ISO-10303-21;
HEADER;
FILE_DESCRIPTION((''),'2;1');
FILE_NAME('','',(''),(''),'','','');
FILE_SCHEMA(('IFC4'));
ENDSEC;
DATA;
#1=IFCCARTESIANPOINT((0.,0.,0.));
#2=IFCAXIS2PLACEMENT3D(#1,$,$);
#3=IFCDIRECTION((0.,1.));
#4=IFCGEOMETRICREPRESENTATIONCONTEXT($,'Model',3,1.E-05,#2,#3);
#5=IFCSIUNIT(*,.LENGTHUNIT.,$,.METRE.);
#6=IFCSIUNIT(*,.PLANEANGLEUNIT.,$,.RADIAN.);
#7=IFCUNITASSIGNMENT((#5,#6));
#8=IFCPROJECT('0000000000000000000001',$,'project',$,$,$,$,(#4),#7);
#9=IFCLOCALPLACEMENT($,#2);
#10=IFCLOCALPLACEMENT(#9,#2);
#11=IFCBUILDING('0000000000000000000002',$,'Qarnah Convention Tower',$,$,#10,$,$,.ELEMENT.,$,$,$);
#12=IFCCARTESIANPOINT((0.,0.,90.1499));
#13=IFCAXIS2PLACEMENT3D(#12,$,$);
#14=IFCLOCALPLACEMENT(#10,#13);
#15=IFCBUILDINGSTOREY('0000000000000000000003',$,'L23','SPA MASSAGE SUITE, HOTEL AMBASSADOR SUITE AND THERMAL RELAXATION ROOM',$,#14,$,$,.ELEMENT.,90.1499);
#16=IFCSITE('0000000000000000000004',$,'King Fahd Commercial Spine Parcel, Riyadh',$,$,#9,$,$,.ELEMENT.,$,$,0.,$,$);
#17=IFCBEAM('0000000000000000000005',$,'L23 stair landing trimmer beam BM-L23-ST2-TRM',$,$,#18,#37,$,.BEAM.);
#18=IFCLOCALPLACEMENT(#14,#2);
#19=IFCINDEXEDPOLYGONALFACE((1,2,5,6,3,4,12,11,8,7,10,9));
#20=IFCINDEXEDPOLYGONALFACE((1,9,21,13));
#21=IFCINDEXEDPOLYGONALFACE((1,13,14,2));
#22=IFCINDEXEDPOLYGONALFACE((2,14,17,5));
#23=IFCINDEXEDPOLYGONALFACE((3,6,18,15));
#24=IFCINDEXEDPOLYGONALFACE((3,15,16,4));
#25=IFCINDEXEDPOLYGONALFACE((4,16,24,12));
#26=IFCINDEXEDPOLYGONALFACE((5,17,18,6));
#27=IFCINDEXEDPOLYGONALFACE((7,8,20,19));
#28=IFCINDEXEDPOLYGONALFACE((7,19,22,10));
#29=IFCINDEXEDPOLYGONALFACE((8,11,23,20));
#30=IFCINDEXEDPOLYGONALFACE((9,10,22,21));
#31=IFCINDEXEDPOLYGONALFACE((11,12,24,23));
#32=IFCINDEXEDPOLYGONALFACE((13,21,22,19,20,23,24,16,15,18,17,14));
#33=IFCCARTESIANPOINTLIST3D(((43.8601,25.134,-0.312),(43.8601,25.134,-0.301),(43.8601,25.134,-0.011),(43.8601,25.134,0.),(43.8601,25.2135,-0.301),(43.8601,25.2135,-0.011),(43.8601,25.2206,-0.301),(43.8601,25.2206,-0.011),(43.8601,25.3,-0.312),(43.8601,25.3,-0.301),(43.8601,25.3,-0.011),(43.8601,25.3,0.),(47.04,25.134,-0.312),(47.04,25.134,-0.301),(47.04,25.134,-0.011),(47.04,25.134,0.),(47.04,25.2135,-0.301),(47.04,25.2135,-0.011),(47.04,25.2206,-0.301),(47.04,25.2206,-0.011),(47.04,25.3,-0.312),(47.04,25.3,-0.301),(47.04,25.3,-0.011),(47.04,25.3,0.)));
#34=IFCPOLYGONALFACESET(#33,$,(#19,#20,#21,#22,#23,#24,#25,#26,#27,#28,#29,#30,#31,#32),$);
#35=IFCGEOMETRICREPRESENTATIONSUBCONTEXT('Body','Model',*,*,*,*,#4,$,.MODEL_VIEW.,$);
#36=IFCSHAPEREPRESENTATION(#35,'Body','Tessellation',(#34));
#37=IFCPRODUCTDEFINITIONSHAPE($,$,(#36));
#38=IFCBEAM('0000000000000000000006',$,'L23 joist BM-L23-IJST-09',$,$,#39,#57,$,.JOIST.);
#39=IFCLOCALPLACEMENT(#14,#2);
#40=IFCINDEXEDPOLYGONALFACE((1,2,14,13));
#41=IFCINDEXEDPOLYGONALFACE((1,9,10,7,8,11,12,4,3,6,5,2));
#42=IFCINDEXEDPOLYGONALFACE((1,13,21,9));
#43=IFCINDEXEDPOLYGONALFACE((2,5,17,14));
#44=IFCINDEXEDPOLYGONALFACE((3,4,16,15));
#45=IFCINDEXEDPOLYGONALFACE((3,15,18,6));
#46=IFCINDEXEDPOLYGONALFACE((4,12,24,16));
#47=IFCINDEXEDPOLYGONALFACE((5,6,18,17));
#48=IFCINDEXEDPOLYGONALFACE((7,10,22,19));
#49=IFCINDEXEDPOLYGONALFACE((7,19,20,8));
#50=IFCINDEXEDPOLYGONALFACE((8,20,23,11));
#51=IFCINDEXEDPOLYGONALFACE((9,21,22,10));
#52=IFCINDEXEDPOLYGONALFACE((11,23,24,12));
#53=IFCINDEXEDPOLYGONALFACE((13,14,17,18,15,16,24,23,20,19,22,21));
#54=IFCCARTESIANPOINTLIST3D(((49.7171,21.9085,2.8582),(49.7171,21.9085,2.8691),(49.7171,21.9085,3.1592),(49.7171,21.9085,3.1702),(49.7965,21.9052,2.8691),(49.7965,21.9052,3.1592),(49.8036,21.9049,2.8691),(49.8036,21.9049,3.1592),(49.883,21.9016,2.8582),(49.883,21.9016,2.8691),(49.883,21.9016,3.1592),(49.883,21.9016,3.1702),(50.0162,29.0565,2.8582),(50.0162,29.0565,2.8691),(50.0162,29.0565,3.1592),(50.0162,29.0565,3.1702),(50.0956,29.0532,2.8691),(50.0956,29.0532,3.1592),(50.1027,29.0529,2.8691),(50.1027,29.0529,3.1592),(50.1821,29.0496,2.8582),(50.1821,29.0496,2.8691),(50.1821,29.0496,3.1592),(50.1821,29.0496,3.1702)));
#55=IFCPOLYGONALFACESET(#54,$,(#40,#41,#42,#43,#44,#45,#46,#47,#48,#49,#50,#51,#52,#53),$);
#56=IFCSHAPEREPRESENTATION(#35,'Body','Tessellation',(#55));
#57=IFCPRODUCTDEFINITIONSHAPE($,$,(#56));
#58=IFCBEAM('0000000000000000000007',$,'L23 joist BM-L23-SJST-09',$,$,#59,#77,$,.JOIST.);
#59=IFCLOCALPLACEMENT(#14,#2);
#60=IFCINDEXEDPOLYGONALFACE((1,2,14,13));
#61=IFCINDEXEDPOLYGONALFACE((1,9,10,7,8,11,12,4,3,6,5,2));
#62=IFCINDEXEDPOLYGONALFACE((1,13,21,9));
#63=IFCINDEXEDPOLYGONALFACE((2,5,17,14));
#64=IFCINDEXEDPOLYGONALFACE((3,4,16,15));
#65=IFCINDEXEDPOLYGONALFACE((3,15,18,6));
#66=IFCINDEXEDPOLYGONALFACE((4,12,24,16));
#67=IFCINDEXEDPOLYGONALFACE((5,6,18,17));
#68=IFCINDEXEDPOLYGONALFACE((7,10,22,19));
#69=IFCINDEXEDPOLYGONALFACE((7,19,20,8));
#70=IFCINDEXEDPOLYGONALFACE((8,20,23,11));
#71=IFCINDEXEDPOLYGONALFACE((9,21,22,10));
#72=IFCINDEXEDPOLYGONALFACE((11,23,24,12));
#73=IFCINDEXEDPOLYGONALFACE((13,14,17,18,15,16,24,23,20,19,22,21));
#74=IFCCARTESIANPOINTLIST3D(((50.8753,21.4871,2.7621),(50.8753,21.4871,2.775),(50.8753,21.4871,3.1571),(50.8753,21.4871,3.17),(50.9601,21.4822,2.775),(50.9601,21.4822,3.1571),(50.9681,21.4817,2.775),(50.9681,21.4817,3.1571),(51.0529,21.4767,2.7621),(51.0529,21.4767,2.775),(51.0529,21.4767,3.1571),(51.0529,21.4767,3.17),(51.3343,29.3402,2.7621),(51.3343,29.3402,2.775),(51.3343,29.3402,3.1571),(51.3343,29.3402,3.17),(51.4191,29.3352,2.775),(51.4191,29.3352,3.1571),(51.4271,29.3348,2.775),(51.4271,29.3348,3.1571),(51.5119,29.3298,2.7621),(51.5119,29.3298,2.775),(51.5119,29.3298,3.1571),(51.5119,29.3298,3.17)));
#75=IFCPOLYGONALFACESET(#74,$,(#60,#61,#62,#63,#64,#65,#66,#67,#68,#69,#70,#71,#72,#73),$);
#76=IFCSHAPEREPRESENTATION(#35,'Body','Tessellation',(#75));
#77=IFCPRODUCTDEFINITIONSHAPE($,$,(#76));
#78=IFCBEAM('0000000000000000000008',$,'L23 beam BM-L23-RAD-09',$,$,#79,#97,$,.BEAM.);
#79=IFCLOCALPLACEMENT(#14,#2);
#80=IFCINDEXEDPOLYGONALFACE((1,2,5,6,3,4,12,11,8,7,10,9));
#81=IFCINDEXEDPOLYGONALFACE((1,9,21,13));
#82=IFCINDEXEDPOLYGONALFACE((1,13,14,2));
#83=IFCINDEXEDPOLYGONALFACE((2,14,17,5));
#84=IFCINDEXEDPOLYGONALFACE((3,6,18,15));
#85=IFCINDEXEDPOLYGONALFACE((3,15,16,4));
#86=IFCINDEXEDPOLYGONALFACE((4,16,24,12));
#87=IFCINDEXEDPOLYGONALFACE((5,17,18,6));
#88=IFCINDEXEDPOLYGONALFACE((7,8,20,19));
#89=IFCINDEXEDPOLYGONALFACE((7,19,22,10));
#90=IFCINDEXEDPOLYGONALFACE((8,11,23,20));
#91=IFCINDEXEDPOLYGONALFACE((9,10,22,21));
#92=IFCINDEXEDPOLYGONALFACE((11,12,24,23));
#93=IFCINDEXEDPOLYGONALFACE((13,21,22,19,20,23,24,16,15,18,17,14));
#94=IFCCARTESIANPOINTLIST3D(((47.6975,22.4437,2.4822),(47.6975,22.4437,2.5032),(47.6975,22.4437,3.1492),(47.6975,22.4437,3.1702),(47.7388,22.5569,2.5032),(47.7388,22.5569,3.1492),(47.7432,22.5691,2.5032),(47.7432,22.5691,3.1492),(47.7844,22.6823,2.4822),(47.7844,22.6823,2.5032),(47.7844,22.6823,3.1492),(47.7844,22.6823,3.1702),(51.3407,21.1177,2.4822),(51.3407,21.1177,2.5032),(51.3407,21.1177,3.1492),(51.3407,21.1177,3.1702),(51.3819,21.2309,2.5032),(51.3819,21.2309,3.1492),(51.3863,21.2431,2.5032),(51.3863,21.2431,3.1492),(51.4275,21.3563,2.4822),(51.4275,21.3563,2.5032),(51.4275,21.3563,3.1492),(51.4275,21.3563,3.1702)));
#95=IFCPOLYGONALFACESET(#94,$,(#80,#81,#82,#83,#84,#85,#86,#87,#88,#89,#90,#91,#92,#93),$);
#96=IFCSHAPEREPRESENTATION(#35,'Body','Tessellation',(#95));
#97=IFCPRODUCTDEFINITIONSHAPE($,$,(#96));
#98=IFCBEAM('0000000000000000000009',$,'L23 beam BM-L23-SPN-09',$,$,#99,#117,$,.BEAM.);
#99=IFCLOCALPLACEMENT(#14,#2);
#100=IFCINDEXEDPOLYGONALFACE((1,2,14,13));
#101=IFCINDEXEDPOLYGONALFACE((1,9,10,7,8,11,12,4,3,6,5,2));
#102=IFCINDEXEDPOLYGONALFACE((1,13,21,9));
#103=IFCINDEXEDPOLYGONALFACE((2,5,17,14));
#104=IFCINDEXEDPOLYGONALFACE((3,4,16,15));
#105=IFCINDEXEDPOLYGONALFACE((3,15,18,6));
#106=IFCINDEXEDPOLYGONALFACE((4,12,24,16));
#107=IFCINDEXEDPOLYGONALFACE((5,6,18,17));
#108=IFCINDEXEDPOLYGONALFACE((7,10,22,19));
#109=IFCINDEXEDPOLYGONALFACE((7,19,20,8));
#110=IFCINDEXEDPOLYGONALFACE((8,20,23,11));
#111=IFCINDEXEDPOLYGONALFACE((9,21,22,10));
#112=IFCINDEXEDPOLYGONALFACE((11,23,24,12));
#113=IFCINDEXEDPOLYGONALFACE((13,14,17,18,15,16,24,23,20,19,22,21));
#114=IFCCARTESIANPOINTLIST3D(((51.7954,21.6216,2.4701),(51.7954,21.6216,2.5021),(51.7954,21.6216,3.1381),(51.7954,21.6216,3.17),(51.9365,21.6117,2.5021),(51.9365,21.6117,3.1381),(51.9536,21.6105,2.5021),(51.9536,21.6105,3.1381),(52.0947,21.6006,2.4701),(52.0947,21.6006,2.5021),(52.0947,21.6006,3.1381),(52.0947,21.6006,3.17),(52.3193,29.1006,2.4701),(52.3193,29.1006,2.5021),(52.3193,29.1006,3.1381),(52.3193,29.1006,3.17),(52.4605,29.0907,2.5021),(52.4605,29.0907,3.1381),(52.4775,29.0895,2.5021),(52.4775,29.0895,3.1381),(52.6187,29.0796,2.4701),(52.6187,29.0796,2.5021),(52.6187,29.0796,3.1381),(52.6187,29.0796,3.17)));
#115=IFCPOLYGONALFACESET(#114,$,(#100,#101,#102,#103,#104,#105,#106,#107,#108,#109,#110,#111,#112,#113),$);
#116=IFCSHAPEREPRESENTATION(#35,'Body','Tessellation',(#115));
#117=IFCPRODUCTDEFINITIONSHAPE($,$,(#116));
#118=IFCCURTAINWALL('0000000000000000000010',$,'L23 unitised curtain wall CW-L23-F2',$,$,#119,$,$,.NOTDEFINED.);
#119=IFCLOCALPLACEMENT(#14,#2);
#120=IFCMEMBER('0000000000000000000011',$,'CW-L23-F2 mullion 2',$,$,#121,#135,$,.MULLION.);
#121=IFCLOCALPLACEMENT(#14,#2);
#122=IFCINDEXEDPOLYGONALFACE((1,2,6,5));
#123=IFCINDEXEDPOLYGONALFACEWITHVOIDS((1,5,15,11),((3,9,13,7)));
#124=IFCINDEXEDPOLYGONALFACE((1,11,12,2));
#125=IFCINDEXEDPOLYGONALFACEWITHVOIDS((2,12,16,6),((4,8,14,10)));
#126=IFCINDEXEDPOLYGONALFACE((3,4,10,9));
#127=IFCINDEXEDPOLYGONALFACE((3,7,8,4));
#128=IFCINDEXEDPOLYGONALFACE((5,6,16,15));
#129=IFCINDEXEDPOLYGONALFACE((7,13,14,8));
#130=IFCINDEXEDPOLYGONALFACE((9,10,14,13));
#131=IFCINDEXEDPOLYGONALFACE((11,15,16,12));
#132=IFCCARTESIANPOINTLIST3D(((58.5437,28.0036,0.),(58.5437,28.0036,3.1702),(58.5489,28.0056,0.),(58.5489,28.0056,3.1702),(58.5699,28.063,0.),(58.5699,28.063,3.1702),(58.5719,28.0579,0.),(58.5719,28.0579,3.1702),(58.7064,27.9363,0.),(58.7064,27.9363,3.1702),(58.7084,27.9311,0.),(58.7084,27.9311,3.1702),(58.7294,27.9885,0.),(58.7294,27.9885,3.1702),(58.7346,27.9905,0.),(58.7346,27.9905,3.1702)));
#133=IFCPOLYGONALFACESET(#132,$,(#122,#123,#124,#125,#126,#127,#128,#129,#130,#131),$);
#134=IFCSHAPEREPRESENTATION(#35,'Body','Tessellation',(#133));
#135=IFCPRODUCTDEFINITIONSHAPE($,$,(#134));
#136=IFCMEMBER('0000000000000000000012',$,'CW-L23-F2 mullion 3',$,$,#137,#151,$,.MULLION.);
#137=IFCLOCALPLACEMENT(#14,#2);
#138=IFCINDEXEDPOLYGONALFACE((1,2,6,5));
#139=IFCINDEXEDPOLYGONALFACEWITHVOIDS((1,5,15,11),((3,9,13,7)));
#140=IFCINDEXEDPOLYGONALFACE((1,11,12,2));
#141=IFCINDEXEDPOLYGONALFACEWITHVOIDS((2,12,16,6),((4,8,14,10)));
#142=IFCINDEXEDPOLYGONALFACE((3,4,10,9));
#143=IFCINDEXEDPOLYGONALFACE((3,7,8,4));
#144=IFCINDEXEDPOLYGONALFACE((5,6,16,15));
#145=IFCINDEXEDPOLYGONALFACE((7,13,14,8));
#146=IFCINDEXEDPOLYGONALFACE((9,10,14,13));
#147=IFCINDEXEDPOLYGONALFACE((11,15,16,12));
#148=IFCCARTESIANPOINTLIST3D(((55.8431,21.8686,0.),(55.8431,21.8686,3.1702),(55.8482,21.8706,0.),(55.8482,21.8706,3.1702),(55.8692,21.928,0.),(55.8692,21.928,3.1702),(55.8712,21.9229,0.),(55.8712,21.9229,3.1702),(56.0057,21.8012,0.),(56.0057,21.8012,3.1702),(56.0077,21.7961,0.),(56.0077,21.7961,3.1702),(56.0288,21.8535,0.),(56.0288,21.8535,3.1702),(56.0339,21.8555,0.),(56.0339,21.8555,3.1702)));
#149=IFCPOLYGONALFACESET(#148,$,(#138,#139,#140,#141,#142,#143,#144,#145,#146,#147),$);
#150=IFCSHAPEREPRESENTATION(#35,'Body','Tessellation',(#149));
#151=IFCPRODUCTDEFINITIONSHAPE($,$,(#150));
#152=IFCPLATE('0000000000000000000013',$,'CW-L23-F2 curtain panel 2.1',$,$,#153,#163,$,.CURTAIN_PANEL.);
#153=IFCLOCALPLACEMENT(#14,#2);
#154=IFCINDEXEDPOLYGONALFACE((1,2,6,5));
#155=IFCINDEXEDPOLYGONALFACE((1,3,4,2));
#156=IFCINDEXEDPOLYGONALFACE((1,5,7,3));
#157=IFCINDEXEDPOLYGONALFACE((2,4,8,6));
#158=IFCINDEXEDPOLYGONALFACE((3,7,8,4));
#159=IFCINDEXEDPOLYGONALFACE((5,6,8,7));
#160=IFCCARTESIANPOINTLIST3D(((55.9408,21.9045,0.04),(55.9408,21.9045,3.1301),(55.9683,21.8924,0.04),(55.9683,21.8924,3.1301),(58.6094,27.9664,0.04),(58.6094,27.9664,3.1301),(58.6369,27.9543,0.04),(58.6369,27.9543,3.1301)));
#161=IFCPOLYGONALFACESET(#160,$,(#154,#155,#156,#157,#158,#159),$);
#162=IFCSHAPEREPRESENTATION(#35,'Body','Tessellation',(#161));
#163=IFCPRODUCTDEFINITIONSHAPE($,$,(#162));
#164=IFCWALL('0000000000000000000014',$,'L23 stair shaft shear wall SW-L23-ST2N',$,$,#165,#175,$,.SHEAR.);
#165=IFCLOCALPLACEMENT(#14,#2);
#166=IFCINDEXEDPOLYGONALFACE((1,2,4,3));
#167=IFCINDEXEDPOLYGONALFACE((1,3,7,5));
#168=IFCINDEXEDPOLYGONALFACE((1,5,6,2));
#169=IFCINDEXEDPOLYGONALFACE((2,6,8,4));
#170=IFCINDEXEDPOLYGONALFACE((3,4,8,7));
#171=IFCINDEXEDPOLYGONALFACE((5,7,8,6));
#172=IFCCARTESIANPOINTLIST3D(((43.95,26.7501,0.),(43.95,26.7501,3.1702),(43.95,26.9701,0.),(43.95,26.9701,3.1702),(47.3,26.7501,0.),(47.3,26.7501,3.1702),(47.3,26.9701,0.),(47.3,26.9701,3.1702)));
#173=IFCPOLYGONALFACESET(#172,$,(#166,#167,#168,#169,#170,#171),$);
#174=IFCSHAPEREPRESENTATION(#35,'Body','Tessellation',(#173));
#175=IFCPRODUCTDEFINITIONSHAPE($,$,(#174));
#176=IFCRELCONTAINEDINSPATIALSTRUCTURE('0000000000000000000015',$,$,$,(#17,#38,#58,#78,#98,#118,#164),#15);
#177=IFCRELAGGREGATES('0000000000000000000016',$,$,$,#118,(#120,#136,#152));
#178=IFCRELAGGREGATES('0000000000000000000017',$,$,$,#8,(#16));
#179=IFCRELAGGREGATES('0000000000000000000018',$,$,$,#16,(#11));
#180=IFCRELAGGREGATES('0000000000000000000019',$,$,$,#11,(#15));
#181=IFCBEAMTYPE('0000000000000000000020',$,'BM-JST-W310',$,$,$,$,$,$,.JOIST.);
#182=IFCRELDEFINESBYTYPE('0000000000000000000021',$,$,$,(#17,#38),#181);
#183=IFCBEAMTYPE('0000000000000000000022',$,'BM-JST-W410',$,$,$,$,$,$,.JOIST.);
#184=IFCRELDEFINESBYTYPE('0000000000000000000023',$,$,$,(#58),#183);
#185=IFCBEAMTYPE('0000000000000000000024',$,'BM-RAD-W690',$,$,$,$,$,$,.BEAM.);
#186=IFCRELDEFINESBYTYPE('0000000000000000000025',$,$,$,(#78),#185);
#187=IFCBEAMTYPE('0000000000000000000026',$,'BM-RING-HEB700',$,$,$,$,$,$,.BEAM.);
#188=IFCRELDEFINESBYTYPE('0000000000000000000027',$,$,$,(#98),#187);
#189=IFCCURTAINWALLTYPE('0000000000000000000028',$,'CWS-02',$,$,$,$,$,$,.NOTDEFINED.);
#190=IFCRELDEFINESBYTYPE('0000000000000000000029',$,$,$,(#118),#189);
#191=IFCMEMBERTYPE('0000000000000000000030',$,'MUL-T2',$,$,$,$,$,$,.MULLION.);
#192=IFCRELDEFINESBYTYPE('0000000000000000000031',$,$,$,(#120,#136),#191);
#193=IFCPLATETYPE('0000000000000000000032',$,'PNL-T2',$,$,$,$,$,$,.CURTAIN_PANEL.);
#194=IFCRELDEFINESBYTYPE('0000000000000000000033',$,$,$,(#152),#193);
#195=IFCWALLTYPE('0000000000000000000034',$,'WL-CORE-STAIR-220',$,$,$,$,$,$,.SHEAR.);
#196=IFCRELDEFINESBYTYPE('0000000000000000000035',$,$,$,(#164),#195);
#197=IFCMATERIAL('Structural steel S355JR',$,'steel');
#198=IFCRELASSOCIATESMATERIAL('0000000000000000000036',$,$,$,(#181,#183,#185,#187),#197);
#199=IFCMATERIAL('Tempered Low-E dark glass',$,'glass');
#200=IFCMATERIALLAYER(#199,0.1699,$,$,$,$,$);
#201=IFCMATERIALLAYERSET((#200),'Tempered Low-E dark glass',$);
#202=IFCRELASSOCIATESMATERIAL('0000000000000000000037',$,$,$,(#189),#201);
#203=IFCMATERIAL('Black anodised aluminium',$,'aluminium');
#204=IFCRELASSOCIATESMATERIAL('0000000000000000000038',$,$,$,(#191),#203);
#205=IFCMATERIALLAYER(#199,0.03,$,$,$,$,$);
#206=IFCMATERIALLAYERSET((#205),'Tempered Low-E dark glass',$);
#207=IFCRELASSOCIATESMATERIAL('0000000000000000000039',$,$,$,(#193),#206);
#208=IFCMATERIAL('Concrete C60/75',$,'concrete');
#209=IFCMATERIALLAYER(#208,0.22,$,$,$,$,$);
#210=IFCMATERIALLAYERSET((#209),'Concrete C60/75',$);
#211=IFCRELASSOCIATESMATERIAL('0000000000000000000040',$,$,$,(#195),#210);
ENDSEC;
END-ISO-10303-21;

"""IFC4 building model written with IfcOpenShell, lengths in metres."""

from ifc_helpers import new_model, si_unit, direction, frame, frame_2d, origin, origin_2d, place, context, subcontext, project, spatial, rectangle, hollow_rectangle, i_section, extrude, material, layer, layer_set, material_profile, profile_set, type_object, element, aggregate, save


model = new_model("IFC4")

# Units and contexts
model_context = context("Model", 3, precision=1e-05, world=origin(), true_north=direction((0.0, 1.0)))
body_context = subcontext(model_context, "Body", "Model", "MODEL_VIEW")
ifc_project = project(units=[si_unit("LENGTHUNIT", "METRE"), si_unit("PLANEANGLEUNIT", "RADIAN")], contexts=[model_context])

# Site, building, storey
site_placement = place(None, origin())
site = spatial("IfcSite", under=ifc_project, at=site_placement, Name="King Fahd Commercial Spine Parcel, Riyadh", CompositionType="ELEMENT", RefElevation=0.0)
building_placement = place(site_placement, origin())
building = spatial("IfcBuilding", under=site, at=building_placement, Name="Qarnah Convention Tower", CompositionType="ELEMENT")
storey_placement = place(building_placement, frame((0.0, 0.0, 90.1499)))
storey = spatial("IfcBuildingStorey", under=building, at=storey_placement, Name="L23", Description="SPA MASSAGE SUITE, HOTEL AMBASSADOR SUITE AND THERMAL RELAXATION ROOM", CompositionType="ELEMENT", Elevation=90.1499)

# Beams
ifc_material_1 = material(Name="Structural steel S355JR", Category="steel")
ifc_material_profile_1 = material_profile(ifc_material_1, i_section(OverallWidth=0.166, OverallDepth=0.312, WebThickness=0.0071, FlangeThickness=0.011, at=origin_2d()), Name="W310X45")
ifc_profile_set_1 = profile_set([ifc_material_profile_1], Name="Structural steel S355JR")
beam_type_1 = type_object("IfcBeamType", Name="BM-JST-W310", PredefinedType="JOIST", material=ifc_profile_set_1)
beam_1_placement = place(storey_placement, frame((43.8601, 25.217, -0.156), z_axis=(1.0, 0.0, 0.0), x_axis=(0.0, 1.0, 0.0)))
element("IfcBeam", 1, at=beam_1_placement, inside=storey, type_object=beam_type_1, Name="L23 stair landing trimmer beam BM-L23-ST2-TRM", PredefinedType="BEAM", context=body_context, shape_type="SweptSolid", body=[
    extrude(i_section(OverallWidth=0.166, OverallDepth=0.312, WebThickness=0.0071, FlangeThickness=0.011, at=origin_2d()), origin(), (0.0, 0.0, 1.0), 3.1799),
])
beam_2_placement = place(storey_placement, frame((49.8, 21.905, 3.0142), z_axis=(0.041804, 0.999126, 0.0), x_axis=(-0.999126, 0.041804, 0.0)))
element("IfcBeam", 2, at=beam_2_placement, inside=storey, type_object=beam_type_1, Name="L23 joist BM-L23-IJST-09", PredefinedType="JOIST", context=body_context, shape_type="SweptSolid", body=[
    extrude(i_section(OverallWidth=0.166, OverallDepth=0.312, WebThickness=0.0071, FlangeThickness=0.011, at=origin_2d()), origin(), (0.0, 0.0, 1.0), 7.1543),
])
ifc_material_profile_2 = material_profile(ifc_material_1, i_section(OverallWidth=0.178, OverallDepth=0.408, WebThickness=0.0081, FlangeThickness=0.0129, at=origin_2d()), Name="W410X60")
ifc_profile_set_2 = profile_set([ifc_material_profile_2], Name="Structural steel S355JR")
beam_type_2 = type_object("IfcBeamType", Name="BM-JST-W410", PredefinedType="JOIST", material=ifc_profile_set_2)
beam_3_placement = place(storey_placement, frame((50.9641, 21.4819, 2.9661), z_axis=(0.058347, 0.998296, 0.0), x_axis=(-0.998296, 0.058347, 0.0)))
element("IfcBeam", 3, at=beam_3_placement, inside=storey, type_object=beam_type_2, Name="L23 joist BM-L23-SJST-09", PredefinedType="JOIST", context=body_context, shape_type="SweptSolid", body=[
    extrude(i_section(OverallWidth=0.178, OverallDepth=0.408, WebThickness=0.0081, FlangeThickness=0.0129, at=origin_2d()), origin(), (0.0, 0.0, 1.0), 7.8665),
])
ifc_material_profile_3 = material_profile(ifc_material_1, i_section(OverallWidth=0.2539, OverallDepth=0.688, WebThickness=0.0129, FlangeThickness=0.021, at=origin_2d()), Name="W690X152")
ifc_profile_set_3 = profile_set([ifc_material_profile_3], Name="Structural steel S355JR")
beam_type_3 = type_object("IfcBeamType", Name="BM-RAD-W690", PredefinedType="BEAM", material=ifc_profile_set_3)
beam_4_placement = place(storey_placement, frame((47.741, 22.563, 2.8262), z_axis=(0.939696, -0.342011, 0.0), x_axis=(0.342011, 0.939696, 0.0)))
element("IfcBeam", 4, at=beam_4_placement, inside=storey, type_object=beam_type_3, Name="L23 beam BM-L23-RAD-09", PredefinedType="BEAM", context=body_context, shape_type="SweptSolid", body=[
    extrude(i_section(OverallWidth=0.2539, OverallDepth=0.688, WebThickness=0.0129, FlangeThickness=0.021, at=origin_2d()), origin(), (0.0, 0.0, 1.0), 3.877),
])
ifc_material_profile_4 = material_profile(ifc_material_1, i_section(OverallWidth=0.3, OverallDepth=0.7, WebThickness=0.0171, FlangeThickness=0.032, at=origin_2d()), Name="HEB700")
ifc_profile_set_4 = profile_set([ifc_material_profile_4], Name="Structural steel S355JR")
beam_type_4 = type_object("IfcBeamType", Name="BM-RING-HEB700", PredefinedType="BEAM", material=ifc_profile_set_4)
beam_5_placement = place(storey_placement, frame((51.9451, 21.6111, 2.8201), z_axis=(0.069882, 0.997555, 0.0), x_axis=(-0.997555, 0.069882, 0.0)))
element("IfcBeam", 5, at=beam_5_placement, inside=storey, type_object=beam_type_4, Name="L23 beam BM-L23-SPN-09", PredefinedType="BEAM", context=body_context, shape_type="SweptSolid", body=[
    extrude(i_section(OverallWidth=0.3, OverallDepth=0.7, WebThickness=0.0171, FlangeThickness=0.032, at=origin_2d()), origin(), (0.0, 0.0, 1.0), 7.4973),
])

# Curtain wall, members, plate
ifc_material_2 = material(Name="Tempered Low-E dark glass", Category="glass")
ifc_layer_1 = layer(ifc_material_2, 0.1699)
ifc_layer_set_1 = layer_set([ifc_layer_1], Name="Tempered Low-E dark glass")
curtain_wall_type = type_object("IfcCurtainWallType", Name="CWS-02", PredefinedType="NOTDEFINED", material=ifc_layer_set_1)
curtain_wall_placement = place(storey_placement, origin())
curtain_wall = element("IfcCurtainWall", 6, at=curtain_wall_placement, inside=storey, type_object=curtain_wall_type, Name="L23 unitised curtain wall CW-L23-F2", PredefinedType="NOTDEFINED")
ifc_material_3 = material(Name="Black anodised aluminium", Category="aluminium")
ifc_material_profile_5 = material_profile(ifc_material_3, hollow_rectangle(XDim=0.0649, YDim=0.1799, WallThickness=0.0039, at=origin_2d()), Name="MUL-65X180")
ifc_profile_set_5 = profile_set([ifc_material_profile_5], Name="Black anodised aluminium")
member_type = type_object("IfcMemberType", Name="MUL-T2", PredefinedType="MULLION", material=ifc_profile_set_5)
member_1_placement = place(storey_placement, frame((58.6392, 27.9971, 0.0), z_axis=(0.0, 0.0, 1.0), x_axis=(-0.402914, -0.915238, 0.0)))
member_1 = element("IfcMember", 7, at=member_1_placement, type_object=member_type, Name="CW-L23-F2 mullion 2", PredefinedType="MULLION", context=body_context, shape_type="SweptSolid", body=[
    extrude(hollow_rectangle(XDim=0.0649, YDim=0.1799, WallThickness=0.0039, at=origin_2d()), origin(), (0.0, 0.0, 1.0), 3.1702),
])
member_2_placement = place(storey_placement, frame((55.9385, 21.8621, 0.0), z_axis=(0.0, 0.0, 1.0), x_axis=(-0.402914, -0.915238, 0.0)))
member_2 = element("IfcMember", 8, at=member_2_placement, type_object=member_type, Name="CW-L23-F2 mullion 3", PredefinedType="MULLION", context=body_context, shape_type="SweptSolid", body=[
    extrude(hollow_rectangle(XDim=0.0649, YDim=0.1799, WallThickness=0.0039, at=origin_2d()), origin(), (0.0, 0.0, 1.0), 3.1702),
])
ifc_layer_2 = layer(ifc_material_2, 0.03)
ifc_layer_set_2 = layer_set([ifc_layer_2], Name="Tempered Low-E dark glass")
plate_type = type_object("IfcPlateType", Name="PNL-T2", PredefinedType="CURTAIN_PANEL", material=ifc_layer_set_2)
plate_placement = place(storey_placement, frame((57.2888, 24.9294, 0.04), z_axis=(0.0, 0.0, 1.0), x_axis=(-0.402914, -0.915238, 0.0)))
plate = element("IfcPlate", 9, at=plate_placement, type_object=plate_type, Name="CW-L23-F2 curtain panel 2.1", PredefinedType="CURTAIN_PANEL", context=body_context, shape_type="SweptSolid", body=[
    extrude(rectangle(XDim=6.6233, YDim=0.03, at=origin_2d()), origin(), (0.0, 0.0, 1.0), 3.0901),
])
aggregate(curtain_wall, [member_1, member_2, plate])

# Wall
ifc_material_4 = material(Name="Concrete C60/75", Category="concrete")
ifc_layer_3 = layer(ifc_material_4, 0.22)
ifc_layer_set_3 = layer_set([ifc_layer_3], Name="Concrete C60/75")
wall_type_1 = type_object("IfcWallType", Name="WL-CORE-STAIR-220", PredefinedType="SHEAR", material=ifc_layer_set_3)
wall_placement = place(storey_placement, frame((43.95, 26.8601, 0.0), z_axis=(0.0, 0.0, 1.0), x_axis=(1.0, 0.0, 0.0)))
element("IfcWall", 10, at=wall_placement, inside=storey, type_object=wall_type_1, Name="L23 stair shaft shear wall SW-L23-ST2N", PredefinedType="SHEAR", context=body_context, shape_type="SweptSolid", body=[
    extrude(rectangle(XDim=3.3501, YDim=0.22, at=frame_2d((1.675, 0.0))), origin(), (0.0, 0.0, 1.0), 3.1702),
])

save(model, "model.ifc")
